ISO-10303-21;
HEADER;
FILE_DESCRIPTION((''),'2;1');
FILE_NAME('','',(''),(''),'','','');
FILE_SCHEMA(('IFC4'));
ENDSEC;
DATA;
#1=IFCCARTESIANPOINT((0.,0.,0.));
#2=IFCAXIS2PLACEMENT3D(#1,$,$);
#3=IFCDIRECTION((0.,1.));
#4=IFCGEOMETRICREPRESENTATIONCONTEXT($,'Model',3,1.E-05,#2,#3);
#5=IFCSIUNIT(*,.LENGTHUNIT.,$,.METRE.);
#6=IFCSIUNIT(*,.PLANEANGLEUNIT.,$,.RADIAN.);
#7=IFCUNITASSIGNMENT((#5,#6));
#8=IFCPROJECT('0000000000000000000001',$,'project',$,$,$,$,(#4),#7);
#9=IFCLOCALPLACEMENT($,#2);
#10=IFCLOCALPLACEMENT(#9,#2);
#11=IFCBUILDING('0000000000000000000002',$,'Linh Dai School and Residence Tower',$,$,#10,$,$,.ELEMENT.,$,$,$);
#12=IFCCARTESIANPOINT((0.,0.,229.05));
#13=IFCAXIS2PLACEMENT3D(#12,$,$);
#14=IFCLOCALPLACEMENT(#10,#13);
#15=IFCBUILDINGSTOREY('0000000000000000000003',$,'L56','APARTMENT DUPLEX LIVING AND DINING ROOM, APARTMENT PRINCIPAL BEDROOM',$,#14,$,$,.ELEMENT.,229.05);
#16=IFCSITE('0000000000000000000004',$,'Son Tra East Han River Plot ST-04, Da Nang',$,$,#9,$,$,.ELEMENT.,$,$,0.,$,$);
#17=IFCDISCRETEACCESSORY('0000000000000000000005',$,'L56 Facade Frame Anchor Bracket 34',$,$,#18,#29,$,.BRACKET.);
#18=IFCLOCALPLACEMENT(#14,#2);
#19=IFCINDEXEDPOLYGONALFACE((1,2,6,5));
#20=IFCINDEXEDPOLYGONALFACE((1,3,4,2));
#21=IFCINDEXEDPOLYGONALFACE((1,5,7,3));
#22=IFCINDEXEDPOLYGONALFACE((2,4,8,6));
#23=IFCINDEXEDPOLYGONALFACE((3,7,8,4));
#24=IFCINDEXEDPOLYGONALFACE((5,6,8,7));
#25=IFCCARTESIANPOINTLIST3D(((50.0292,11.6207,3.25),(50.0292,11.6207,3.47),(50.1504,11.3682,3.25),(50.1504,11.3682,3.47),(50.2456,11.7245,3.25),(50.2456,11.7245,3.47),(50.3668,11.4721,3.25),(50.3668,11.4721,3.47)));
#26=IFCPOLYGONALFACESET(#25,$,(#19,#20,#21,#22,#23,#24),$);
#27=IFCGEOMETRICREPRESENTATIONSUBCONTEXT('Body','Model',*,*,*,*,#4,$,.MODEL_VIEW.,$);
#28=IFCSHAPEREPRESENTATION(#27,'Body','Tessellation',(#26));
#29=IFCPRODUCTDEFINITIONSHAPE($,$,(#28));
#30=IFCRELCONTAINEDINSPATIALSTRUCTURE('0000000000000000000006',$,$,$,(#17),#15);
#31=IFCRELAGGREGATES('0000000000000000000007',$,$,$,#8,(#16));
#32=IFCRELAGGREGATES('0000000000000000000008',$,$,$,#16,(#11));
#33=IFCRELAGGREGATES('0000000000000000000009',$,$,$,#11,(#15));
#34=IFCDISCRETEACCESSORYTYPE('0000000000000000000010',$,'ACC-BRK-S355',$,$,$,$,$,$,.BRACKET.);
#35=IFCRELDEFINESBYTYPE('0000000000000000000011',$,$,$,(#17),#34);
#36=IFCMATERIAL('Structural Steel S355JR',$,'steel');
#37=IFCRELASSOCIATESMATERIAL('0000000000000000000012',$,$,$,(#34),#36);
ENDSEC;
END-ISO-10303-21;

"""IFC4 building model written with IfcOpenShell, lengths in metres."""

from ifc_helpers import new_model, si_unit, direction, frame, origin, origin_2d, place, context, subcontext, project, spatial, rectangle, extrude, source, transform, mapped, material, type_object, element, save


model = new_model("IFC4")

# Units and contexts
model_context = context("Model", 3, precision=1e-05, world=origin(), true_north=direction((0.0, 1.0)))
body_context = subcontext(model_context, "Body", "Model", "MODEL_VIEW")
ifc_project = project(units=[si_unit("LENGTHUNIT", "METRE"), si_unit("PLANEANGLEUNIT", "RADIAN")], contexts=[model_context])

# Site, building, storey
site_placement = place(None, origin())
site = spatial("IfcSite", under=ifc_project, at=site_placement, Name="Son Tra East Han River Plot ST-04, Da Nang", CompositionType="ELEMENT", RefElevation=0.0)
building_placement = place(site_placement, origin())
building = spatial("IfcBuilding", under=site, at=building_placement, Name="Linh Dai School and Residence Tower", CompositionType="ELEMENT")
storey_placement = place(building_placement, frame((0.0, 0.0, 229.05)))
storey = spatial("IfcBuildingStorey", under=building, at=storey_placement, Name="L56", Description="APARTMENT DUPLEX LIVING AND DINING ROOM, APARTMENT PRINCIPAL BEDROOM", CompositionType="ELEMENT", Elevation=229.05)

# Shared definitions
ifc_material_1 = material(Name="Structural Steel S355JR", Category="steel")

# Discrete accessory
discrete_accessory_type = type_object("IfcDiscreteAccessoryType", Name="ACC-BRK-S355", PredefinedType="BRACKET", material=ifc_material_1)
shared_shape_1 = source(origin(), body_context, "Body", "SweptSolid", [
    extrude(rectangle(XDim=0.28, YDim=0.24, at=origin_2d()), origin(), (0.0, 0.0, 1.0), 0.22),
])
discrete_accessory_placement = place(storey_placement, frame((50.198, 11.5464, 3.25), z_axis=(0.0, 0.0, 1.0), x_axis=(0.432594, -0.901589, 0.0)))
element("IfcDiscreteAccessory", 1, at=discrete_accessory_placement, inside=storey, type_object=discrete_accessory_type, Name="L56 Facade Frame Anchor Bracket 34", PredefinedType="BRACKET", context=body_context, shape_type="MappedRepresentation", body=[
    mapped(shared_shape_1, transform((0.0, 0.0, 0.0), x_axis=(1.0, 0.0, 0.0), y_axis=(0.0, 1.0, 0.0), z_axis=(0.0, 0.0, 1.0), scale=1.0)),
])

save(model, "model.ifc")
